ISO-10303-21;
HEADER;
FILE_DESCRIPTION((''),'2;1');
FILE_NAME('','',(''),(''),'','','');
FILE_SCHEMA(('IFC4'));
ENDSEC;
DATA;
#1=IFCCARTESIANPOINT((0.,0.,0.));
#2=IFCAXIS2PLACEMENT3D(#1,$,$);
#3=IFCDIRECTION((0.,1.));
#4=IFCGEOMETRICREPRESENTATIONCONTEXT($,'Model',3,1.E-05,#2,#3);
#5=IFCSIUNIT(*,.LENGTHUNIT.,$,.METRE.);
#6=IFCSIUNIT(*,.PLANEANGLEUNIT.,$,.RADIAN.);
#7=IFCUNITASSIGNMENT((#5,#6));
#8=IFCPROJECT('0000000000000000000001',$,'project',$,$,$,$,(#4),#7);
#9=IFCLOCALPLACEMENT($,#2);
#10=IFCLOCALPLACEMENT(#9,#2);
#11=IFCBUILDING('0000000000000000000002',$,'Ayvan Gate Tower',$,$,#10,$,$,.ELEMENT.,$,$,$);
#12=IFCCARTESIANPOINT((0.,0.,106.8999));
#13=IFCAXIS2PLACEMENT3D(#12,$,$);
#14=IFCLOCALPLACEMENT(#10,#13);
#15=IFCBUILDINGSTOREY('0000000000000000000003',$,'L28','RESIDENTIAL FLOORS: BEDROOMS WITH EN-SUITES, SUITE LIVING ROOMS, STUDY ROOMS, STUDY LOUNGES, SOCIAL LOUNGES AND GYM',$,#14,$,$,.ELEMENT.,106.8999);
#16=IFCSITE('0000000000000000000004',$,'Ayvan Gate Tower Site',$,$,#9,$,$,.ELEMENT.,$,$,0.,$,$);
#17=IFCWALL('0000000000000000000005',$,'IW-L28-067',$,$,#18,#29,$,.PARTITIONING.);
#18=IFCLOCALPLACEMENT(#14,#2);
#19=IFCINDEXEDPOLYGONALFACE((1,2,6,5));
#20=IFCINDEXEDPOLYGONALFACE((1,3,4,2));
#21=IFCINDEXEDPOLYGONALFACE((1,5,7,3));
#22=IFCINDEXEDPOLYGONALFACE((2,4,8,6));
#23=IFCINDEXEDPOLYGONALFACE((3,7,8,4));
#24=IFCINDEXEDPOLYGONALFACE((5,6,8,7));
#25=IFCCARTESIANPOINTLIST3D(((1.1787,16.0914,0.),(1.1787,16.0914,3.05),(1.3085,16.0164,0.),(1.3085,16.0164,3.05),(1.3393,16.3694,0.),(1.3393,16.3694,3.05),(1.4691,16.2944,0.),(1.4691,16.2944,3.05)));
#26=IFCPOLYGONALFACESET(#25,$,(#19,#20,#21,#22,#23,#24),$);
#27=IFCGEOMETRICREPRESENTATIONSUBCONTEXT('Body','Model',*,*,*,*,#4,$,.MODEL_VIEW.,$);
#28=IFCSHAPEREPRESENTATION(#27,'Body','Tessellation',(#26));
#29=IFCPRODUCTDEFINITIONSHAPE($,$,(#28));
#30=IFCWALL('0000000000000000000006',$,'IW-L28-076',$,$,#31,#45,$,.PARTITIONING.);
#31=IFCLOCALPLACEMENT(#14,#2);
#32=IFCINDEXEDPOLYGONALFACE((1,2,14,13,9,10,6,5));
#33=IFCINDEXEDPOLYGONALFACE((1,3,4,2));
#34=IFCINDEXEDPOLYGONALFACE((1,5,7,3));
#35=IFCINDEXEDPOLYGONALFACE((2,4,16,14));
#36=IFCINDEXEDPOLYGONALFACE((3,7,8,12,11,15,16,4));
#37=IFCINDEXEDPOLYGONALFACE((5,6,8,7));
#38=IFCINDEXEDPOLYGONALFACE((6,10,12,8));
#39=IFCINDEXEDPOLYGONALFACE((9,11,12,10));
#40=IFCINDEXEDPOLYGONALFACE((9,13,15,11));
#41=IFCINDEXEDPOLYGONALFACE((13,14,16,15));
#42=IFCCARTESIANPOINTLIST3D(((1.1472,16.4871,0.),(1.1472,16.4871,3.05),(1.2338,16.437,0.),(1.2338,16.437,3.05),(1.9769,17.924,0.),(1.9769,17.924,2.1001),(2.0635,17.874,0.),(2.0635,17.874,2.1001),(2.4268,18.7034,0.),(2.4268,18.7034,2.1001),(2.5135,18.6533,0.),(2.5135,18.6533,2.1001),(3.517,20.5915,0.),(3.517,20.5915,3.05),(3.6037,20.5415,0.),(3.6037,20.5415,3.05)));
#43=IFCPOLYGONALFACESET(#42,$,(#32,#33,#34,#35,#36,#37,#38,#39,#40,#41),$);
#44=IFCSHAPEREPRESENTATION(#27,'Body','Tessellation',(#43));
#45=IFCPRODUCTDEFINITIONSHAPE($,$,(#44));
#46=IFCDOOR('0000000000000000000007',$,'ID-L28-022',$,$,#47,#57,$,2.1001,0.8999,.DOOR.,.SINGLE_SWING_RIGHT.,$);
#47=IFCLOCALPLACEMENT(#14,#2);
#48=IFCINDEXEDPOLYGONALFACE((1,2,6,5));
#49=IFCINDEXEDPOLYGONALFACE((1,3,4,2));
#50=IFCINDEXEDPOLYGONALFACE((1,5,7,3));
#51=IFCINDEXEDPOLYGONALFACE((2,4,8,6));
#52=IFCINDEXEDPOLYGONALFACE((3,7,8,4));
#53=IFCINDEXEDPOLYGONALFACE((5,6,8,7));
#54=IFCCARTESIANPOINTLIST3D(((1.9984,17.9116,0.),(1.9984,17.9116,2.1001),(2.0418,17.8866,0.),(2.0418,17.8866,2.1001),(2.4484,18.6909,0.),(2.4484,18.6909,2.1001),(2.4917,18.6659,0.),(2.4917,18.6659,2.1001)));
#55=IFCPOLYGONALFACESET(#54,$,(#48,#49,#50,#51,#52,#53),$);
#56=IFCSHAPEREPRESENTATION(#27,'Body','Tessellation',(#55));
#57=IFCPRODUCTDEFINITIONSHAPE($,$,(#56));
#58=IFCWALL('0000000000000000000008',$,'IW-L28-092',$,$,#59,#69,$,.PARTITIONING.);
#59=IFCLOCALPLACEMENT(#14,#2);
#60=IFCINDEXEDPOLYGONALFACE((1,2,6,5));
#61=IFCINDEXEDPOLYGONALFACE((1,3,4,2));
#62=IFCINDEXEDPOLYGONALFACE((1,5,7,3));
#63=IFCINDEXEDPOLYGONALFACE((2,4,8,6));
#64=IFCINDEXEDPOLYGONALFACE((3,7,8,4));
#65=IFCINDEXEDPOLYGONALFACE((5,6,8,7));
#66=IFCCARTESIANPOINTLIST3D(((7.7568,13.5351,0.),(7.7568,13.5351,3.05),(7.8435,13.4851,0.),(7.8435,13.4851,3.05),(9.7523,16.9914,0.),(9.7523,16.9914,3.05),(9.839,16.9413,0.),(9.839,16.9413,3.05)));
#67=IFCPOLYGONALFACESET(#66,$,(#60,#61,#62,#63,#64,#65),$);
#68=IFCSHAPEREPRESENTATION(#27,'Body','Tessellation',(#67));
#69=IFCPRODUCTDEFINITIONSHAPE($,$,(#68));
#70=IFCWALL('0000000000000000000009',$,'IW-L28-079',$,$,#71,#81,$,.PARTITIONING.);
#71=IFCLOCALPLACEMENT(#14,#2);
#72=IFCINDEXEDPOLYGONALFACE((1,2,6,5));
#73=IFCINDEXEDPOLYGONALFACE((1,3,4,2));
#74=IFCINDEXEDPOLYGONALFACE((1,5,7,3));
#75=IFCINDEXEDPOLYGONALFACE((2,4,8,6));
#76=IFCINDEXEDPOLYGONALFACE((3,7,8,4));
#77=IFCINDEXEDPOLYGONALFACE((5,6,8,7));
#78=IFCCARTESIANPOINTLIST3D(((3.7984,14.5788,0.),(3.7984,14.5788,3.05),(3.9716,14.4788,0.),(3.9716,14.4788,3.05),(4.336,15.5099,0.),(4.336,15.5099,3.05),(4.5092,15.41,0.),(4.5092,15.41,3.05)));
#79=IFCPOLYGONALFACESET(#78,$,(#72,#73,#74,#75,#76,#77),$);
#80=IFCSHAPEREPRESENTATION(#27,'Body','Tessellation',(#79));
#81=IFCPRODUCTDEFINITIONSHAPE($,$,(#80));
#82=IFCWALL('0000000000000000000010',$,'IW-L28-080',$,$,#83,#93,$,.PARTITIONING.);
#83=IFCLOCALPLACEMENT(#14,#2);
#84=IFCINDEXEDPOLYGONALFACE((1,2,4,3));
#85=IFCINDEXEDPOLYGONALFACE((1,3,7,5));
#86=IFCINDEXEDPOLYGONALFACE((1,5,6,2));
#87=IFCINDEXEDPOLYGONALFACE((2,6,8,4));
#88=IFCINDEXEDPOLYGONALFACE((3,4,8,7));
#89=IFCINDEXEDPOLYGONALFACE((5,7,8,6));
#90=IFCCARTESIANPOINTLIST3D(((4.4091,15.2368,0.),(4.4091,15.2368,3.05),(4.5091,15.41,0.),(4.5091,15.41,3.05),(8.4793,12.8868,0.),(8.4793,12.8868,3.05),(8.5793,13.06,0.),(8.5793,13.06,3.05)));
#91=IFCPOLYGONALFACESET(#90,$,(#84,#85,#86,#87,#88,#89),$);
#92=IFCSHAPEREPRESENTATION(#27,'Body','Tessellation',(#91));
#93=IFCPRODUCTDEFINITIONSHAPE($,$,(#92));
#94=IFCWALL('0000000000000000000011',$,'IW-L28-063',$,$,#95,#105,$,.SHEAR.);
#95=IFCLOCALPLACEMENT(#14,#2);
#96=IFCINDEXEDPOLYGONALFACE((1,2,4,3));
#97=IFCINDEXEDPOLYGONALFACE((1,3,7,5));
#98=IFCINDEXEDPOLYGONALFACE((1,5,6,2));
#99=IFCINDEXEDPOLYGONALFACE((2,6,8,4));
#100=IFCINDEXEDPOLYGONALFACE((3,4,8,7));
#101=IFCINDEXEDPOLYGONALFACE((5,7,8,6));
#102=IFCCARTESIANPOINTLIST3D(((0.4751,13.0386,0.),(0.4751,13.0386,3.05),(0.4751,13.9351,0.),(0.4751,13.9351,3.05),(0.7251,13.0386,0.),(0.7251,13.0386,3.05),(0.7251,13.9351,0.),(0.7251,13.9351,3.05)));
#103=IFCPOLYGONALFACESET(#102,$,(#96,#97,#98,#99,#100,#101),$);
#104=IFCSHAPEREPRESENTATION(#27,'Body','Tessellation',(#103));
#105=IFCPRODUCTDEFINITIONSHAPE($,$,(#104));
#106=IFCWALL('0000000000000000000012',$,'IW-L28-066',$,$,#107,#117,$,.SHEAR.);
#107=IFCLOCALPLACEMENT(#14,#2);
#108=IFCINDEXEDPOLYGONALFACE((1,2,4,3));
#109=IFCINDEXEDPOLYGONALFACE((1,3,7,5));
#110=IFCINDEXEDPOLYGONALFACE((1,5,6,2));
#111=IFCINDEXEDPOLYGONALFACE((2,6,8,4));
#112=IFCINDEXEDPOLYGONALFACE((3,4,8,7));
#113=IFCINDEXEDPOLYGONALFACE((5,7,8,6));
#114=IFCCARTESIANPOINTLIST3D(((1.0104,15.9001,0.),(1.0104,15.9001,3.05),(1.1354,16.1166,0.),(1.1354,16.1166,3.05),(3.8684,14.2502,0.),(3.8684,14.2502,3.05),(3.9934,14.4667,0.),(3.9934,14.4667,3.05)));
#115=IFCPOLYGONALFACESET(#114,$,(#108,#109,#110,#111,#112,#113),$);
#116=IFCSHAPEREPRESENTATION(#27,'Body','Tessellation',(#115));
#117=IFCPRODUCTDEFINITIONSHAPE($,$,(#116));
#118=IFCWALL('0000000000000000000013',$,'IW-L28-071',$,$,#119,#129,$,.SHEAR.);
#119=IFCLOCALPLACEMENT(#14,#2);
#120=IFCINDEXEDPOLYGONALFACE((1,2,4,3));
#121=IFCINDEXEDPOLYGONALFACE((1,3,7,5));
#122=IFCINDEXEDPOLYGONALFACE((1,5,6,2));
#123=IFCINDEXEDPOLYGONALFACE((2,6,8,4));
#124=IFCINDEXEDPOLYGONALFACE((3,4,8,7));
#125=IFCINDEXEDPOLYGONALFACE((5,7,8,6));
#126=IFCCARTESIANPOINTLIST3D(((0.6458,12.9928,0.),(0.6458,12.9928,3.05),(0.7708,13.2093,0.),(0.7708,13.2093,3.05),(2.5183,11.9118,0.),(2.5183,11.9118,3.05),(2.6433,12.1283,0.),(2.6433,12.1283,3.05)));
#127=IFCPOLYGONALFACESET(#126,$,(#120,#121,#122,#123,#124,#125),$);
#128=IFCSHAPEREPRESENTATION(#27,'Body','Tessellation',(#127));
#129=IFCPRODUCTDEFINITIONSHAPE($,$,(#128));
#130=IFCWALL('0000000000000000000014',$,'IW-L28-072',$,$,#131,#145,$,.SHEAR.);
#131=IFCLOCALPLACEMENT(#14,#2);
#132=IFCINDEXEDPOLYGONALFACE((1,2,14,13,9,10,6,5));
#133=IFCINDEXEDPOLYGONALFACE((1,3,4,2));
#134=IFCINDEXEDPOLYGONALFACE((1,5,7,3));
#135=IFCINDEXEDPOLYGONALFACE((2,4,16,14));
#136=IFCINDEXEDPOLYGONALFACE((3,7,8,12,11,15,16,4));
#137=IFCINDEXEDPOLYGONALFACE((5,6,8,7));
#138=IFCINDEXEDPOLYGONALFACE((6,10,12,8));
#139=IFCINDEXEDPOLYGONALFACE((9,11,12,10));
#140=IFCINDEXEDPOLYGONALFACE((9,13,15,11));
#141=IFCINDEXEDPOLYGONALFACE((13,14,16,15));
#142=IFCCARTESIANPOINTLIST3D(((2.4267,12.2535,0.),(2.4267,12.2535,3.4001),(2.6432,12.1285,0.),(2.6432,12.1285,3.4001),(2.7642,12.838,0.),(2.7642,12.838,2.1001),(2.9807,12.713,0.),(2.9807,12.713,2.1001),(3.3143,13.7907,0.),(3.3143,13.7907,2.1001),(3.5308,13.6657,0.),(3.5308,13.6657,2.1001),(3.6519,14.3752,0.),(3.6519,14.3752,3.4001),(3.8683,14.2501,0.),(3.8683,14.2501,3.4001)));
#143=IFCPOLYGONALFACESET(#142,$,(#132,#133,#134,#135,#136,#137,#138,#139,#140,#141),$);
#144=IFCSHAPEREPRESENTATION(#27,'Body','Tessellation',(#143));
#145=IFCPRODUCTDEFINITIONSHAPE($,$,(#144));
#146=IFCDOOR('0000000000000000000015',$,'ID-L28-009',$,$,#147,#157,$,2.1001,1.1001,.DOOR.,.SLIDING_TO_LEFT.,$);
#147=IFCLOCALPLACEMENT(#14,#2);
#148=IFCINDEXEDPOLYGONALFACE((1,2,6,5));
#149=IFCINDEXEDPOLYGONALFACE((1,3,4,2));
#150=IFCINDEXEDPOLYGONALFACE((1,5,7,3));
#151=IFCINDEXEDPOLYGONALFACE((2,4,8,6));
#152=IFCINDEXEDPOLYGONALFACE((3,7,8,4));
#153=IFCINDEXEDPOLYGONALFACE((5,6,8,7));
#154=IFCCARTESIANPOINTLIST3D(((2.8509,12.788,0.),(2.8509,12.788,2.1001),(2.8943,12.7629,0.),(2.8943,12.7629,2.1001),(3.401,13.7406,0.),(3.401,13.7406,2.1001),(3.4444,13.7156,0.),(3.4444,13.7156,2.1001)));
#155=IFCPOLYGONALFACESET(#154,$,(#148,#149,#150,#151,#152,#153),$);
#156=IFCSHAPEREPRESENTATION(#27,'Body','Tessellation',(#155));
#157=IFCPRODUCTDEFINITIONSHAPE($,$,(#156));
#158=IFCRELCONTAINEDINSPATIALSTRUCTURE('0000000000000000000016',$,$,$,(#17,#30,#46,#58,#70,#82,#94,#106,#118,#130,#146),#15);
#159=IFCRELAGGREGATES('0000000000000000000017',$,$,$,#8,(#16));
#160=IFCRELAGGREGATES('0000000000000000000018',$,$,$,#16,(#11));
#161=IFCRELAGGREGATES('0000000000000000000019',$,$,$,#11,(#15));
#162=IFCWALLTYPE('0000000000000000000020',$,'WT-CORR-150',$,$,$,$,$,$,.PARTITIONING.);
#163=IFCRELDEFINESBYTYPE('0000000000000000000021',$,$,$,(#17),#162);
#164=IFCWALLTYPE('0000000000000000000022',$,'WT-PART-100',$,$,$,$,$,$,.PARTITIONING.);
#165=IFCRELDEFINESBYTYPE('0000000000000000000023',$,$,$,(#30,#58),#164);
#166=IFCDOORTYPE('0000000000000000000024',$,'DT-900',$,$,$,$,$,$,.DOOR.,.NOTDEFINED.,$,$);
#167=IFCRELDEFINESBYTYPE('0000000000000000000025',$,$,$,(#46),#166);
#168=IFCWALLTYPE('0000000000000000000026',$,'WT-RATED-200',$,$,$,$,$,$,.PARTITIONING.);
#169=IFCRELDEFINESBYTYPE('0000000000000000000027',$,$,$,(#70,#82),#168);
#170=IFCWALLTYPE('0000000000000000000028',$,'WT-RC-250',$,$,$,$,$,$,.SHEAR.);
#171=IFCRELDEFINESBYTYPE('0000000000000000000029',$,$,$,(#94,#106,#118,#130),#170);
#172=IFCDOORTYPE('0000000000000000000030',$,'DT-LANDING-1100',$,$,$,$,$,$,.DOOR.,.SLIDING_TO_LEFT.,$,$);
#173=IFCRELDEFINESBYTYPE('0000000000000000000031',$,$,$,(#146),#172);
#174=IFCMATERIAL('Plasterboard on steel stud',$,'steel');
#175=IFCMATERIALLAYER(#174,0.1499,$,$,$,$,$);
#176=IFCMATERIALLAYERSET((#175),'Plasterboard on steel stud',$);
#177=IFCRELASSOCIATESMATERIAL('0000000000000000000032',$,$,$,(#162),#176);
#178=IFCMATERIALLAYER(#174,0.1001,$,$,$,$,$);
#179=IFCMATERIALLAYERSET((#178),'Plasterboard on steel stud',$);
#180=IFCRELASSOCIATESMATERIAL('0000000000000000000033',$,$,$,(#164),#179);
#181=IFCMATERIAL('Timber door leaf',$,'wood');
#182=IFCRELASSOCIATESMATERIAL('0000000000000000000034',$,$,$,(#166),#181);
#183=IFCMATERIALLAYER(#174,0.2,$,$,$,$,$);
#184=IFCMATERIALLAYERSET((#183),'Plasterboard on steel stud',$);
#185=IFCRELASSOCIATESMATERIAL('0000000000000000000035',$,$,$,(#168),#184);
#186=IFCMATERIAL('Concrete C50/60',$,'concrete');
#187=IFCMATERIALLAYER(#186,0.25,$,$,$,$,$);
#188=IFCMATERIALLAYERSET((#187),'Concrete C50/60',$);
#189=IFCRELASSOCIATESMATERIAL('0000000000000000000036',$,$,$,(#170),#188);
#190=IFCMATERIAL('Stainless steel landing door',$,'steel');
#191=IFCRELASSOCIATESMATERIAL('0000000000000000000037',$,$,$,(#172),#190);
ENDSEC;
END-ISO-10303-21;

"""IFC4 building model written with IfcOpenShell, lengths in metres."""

from ifc_helpers import new_model, si_unit, direction, frame, frame_2d, origin, place, context, subcontext, project, spatial, rectangle, extrude, material, layer, layer_set, type_object, element, fill, save


model = new_model("IFC4")

# Units and contexts
model_context = context("Model", 3, precision=1e-05, world=origin(), true_north=direction((0.0, 1.0)))
body_context = subcontext(model_context, "Body", "Model", "MODEL_VIEW")
ifc_project = project(units=[si_unit("LENGTHUNIT", "METRE"), si_unit("PLANEANGLEUNIT", "RADIAN")], contexts=[model_context])

# Site, building, storey
site_placement = place(None, origin())
site = spatial("IfcSite", under=ifc_project, at=site_placement, Name="Ayvan Gate Tower Site", CompositionType="ELEMENT", RefElevation=0.0)
building_placement = place(site_placement, origin())
building = spatial("IfcBuilding", under=site, at=building_placement, Name="Ayvan Gate Tower", CompositionType="ELEMENT")
storey_placement = place(building_placement, frame((0.0, 0.0, 106.8999)))
storey = spatial("IfcBuildingStorey", under=building, at=storey_placement, Name="L28", Description="RESIDENTIAL FLOORS: BEDROOMS WITH EN-SUITES, SUITE LIVING ROOMS, STUDY ROOMS, STUDY LOUNGES, SOCIAL LOUNGES AND GYM", CompositionType="ELEMENT", Elevation=106.8999)

# Wall
ifc_material_1 = material(Name="Plasterboard on steel stud", Category="steel")
ifc_layer_1 = layer(ifc_material_1, 0.1499)
ifc_layer_set_1 = layer_set([ifc_layer_1], Name="Plasterboard on steel stud")
wall_type_1 = type_object("IfcWallType", Name="WT-CORR-150", PredefinedType="PARTITIONING", material=ifc_layer_set_1)
wall_1_placement = place(storey_placement, frame((1.4043, 16.332, 0.0), z_axis=(0.0, 0.0, 1.0), x_axis=(-0.500227, -0.865894, 0.0)))
element("IfcWall", 1, at=wall_1_placement, inside=storey, type_object=wall_type_1, Name="IW-L28-067", PredefinedType="PARTITIONING", context=body_context, shape_type="SweptSolid", body=[
    extrude(rectangle(XDim=0.321, YDim=0.1499, at=frame_2d((0.1606, 0.0))), origin(), (0.0, 0.0, 1.0), 3.05),
])

# Wall, opening, door
ifc_layer_2 = layer(ifc_material_1, 0.1001)
ifc_layer_set_2 = layer_set([ifc_layer_2], Name="Plasterboard on steel stud")
wall_type_2 = type_object("IfcWallType", Name="WT-PART-100", PredefinedType="PARTITIONING", material=ifc_layer_set_2)
wall_2_placement = place(storey_placement, frame((3.5603, 20.5664, 0.0), z_axis=(0.0, 0.0, 1.0), x_axis=(-0.500023, -0.866012, 0.0)))
wall_2 = element("IfcWall", 2, at=wall_2_placement, inside=storey, type_object=wall_type_2, Name="IW-L28-076", PredefinedType="PARTITIONING", context=body_context, shape_type="SweptSolid", body=[
    extrude(rectangle(XDim=4.7395, YDim=0.1001, at=frame_2d((2.3696, 0.0))), origin(), (0.0, 0.0, 1.0), 3.05),
])
opening_1_placement = place(wall_2_placement, frame((2.1802, 0.0, 0.0)))
opening_1 = element("IfcOpeningElement", 3, at=opening_1_placement, cuts=wall_2, PredefinedType="OPENING", context=body_context, shape_type="SweptSolid", body=[
    extrude(rectangle(XDim=0.8999, YDim=2.1001, at=frame_2d((0.45, 1.05))), frame((0.0, 0.0601, 0.0), z_axis=(0.0, -1.0, 0.0), x_axis=(1.0, 0.0, 0.0)), (0.0, 0.0, 1.0), 0.1201),
])
ifc_material_2 = material(Name="Timber door leaf", Category="wood")
door_type_1 = type_object("IfcDoorType", Name="DT-900", OperationType="NOTDEFINED", PredefinedType="DOOR", material=ifc_material_2)
door_1_placement = place(opening_1_placement, origin())
door_1 = element("IfcDoor", 4, at=door_1_placement, inside=storey, type_object=door_type_1, Name="ID-L28-022", OperationType="SINGLE_SWING_RIGHT", OverallHeight=2.1001, OverallWidth=0.8999, PredefinedType="DOOR", context=body_context, shape_type="SweptSolid", body=[
    extrude(rectangle(XDim=0.8999, YDim=2.1001, at=frame_2d((0.45, 1.05))), frame((0.0, 0.0249, 0.0), z_axis=(0.0, -1.0, 0.0), x_axis=(1.0, 0.0, 0.0)), (0.0, 0.0, 1.0), 0.05),
])
fill(opening_1, door_1)

# Walls
wall_3_placement = place(storey_placement, frame((7.8, 13.51, 0.0), z_axis=(0.0, 0.0, 1.0), x_axis=(0.500021, 0.866013, 0.0)))
element("IfcWall", 5, at=wall_3_placement, inside=storey, type_object=wall_type_2, Name="IW-L28-092", PredefinedType="PARTITIONING", context=body_context, shape_type="SweptSolid", body=[
    extrude(rectangle(XDim=3.991, YDim=0.1001, at=frame_2d((1.9956, 0.0))), origin(), (0.0, 0.0, 1.0), 3.05),
])
ifc_layer_3 = layer(ifc_material_1, 0.2)
ifc_layer_set_3 = layer_set([ifc_layer_3], Name="Plasterboard on steel stud")
wall_type_3 = type_object("IfcWallType", Name="WT-RATED-200", PredefinedType="PARTITIONING", material=ifc_layer_set_3)
wall_4_placement = place(storey_placement, frame((3.885, 14.5288, 0.0), z_axis=(0.0, 0.0, 1.0), x_axis=(0.499998, 0.866027, 0.0)))
element("IfcWall", 6, at=wall_4_placement, inside=storey, type_object=wall_type_3, Name="IW-L28-079", PredefinedType="PARTITIONING", context=body_context, shape_type="SweptSolid", body=[
    extrude(rectangle(XDim=1.0752, YDim=0.2, at=frame_2d((0.5376, 0.0))), origin(), (0.0, 0.0, 1.0), 3.05),
])
wall_5_placement = place(storey_placement, frame((4.459, 15.3235, 0.0), z_axis=(0.0, 0.0, 1.0), x_axis=(0.866016, -0.500016, 0.0)))
element("IfcWall", 7, at=wall_5_placement, inside=storey, type_object=wall_type_3, Name="IW-L28-080", PredefinedType="PARTITIONING", context=body_context, shape_type="SweptSolid", body=[
    extrude(rectangle(XDim=4.7, YDim=0.2, at=frame_2d((2.3501, 0.0))), origin(), (0.0, 0.0, 1.0), 3.05),
])
ifc_material_3 = material(Name="Concrete C50/60", Category="concrete")
ifc_layer_4 = layer(ifc_material_3, 0.25)
ifc_layer_set_4 = layer_set([ifc_layer_4], Name="Concrete C50/60")
wall_type_4 = type_object("IfcWallType", Name="WT-RC-250", PredefinedType="SHEAR", material=ifc_layer_set_4)
wall_6_placement = place(storey_placement, frame((0.6001, 13.0386, 0.0), z_axis=(0.0, 0.0, 1.0), x_axis=(0.0, 1.0, 0.0)))
element("IfcWall", 8, at=wall_6_placement, inside=storey, type_object=wall_type_4, Name="IW-L28-063", PredefinedType="SHEAR", context=body_context, shape_type="SweptSolid", body=[
    extrude(rectangle(XDim=0.8965, YDim=0.25, at=frame_2d((0.4482, 0.0))), origin(), (0.0, 0.0, 1.0), 3.05),
])
wall_7_placement = place(storey_placement, frame((1.073, 16.0083, 0.0), z_axis=(0.0, 0.0, 1.0), x_axis=(0.86604, -0.499974, 0.0)))
element("IfcWall", 9, at=wall_7_placement, inside=storey, type_object=wall_type_4, Name="IW-L28-066", PredefinedType="SHEAR", context=body_context, shape_type="SweptSolid", body=[
    extrude(rectangle(XDim=3.3, YDim=0.25, at=frame_2d((1.6499, 0.0))), origin(), (0.0, 0.0, 1.0), 3.05),
])
wall_8_placement = place(storey_placement, frame((2.5808, 12.02, 0.0), z_axis=(0.0, 0.0, 1.0), x_axis=(-0.866039, 0.499977, 0.0)))
element("IfcWall", 10, at=wall_8_placement, inside=storey, type_object=wall_type_4, Name="IW-L28-071", PredefinedType="SHEAR", context=body_context, shape_type="SweptSolid", body=[
    extrude(rectangle(XDim=2.1621, YDim=0.25, at=frame_2d((1.0811, 0.0))), origin(), (0.0, 0.0, 1.0), 3.05),
])

# Wall, opening, door
wall_9_placement = place(storey_placement, frame((2.5349, 12.1909, 0.0), z_axis=(0.0, 0.0, 1.0), x_axis=(0.500062, 0.86599, 0.0)))
wall_9 = element("IfcWall", 11, at=wall_9_placement, inside=storey, type_object=wall_type_4, Name="IW-L28-072", PredefinedType="SHEAR", context=body_context, shape_type="SweptSolid", body=[
    extrude(rectangle(XDim=2.45, YDim=0.25, at=frame_2d((1.2251, 0.0))), origin(), (0.0, 0.0, 1.0), 3.4001),
])
opening_2_placement = place(wall_9_placement, frame((0.675, 0.0, 0.0)))
opening_2 = element("IfcOpeningElement", 12, at=opening_2_placement, cuts=wall_9, PredefinedType="OPENING", context=body_context, shape_type="SweptSolid", body=[
    extrude(rectangle(XDim=1.1001, YDim=2.1001, at=frame_2d((0.55, 1.05))), frame((0.0, 0.135, 0.0), z_axis=(0.0, -1.0, 0.0), x_axis=(1.0, 0.0, 0.0)), (0.0, 0.0, 1.0), 0.27),
])
ifc_material_4 = material(Name="Stainless steel landing door", Category="steel")
door_type_2 = type_object("IfcDoorType", Name="DT-LANDING-1100", OperationType="SLIDING_TO_LEFT", PredefinedType="DOOR", material=ifc_material_4)
door_2_placement = place(opening_2_placement, origin())
door_2 = element("IfcDoor", 13, at=door_2_placement, inside=storey, type_object=door_type_2, Name="ID-L28-009", OperationType="SLIDING_TO_LEFT", OverallHeight=2.1001, OverallWidth=1.1001, PredefinedType="DOOR", context=body_context, shape_type="SweptSolid", body=[
    extrude(rectangle(XDim=1.1001, YDim=2.1001, at=frame_2d((0.55, 1.05))), frame((0.0, 0.0249, 0.0), z_axis=(0.0, -1.0, 0.0), x_axis=(1.0, 0.0, 0.0)), (0.0, 0.0, 1.0), 0.05),
])
fill(opening_2, door_2)

save(model, "model.ifc")
